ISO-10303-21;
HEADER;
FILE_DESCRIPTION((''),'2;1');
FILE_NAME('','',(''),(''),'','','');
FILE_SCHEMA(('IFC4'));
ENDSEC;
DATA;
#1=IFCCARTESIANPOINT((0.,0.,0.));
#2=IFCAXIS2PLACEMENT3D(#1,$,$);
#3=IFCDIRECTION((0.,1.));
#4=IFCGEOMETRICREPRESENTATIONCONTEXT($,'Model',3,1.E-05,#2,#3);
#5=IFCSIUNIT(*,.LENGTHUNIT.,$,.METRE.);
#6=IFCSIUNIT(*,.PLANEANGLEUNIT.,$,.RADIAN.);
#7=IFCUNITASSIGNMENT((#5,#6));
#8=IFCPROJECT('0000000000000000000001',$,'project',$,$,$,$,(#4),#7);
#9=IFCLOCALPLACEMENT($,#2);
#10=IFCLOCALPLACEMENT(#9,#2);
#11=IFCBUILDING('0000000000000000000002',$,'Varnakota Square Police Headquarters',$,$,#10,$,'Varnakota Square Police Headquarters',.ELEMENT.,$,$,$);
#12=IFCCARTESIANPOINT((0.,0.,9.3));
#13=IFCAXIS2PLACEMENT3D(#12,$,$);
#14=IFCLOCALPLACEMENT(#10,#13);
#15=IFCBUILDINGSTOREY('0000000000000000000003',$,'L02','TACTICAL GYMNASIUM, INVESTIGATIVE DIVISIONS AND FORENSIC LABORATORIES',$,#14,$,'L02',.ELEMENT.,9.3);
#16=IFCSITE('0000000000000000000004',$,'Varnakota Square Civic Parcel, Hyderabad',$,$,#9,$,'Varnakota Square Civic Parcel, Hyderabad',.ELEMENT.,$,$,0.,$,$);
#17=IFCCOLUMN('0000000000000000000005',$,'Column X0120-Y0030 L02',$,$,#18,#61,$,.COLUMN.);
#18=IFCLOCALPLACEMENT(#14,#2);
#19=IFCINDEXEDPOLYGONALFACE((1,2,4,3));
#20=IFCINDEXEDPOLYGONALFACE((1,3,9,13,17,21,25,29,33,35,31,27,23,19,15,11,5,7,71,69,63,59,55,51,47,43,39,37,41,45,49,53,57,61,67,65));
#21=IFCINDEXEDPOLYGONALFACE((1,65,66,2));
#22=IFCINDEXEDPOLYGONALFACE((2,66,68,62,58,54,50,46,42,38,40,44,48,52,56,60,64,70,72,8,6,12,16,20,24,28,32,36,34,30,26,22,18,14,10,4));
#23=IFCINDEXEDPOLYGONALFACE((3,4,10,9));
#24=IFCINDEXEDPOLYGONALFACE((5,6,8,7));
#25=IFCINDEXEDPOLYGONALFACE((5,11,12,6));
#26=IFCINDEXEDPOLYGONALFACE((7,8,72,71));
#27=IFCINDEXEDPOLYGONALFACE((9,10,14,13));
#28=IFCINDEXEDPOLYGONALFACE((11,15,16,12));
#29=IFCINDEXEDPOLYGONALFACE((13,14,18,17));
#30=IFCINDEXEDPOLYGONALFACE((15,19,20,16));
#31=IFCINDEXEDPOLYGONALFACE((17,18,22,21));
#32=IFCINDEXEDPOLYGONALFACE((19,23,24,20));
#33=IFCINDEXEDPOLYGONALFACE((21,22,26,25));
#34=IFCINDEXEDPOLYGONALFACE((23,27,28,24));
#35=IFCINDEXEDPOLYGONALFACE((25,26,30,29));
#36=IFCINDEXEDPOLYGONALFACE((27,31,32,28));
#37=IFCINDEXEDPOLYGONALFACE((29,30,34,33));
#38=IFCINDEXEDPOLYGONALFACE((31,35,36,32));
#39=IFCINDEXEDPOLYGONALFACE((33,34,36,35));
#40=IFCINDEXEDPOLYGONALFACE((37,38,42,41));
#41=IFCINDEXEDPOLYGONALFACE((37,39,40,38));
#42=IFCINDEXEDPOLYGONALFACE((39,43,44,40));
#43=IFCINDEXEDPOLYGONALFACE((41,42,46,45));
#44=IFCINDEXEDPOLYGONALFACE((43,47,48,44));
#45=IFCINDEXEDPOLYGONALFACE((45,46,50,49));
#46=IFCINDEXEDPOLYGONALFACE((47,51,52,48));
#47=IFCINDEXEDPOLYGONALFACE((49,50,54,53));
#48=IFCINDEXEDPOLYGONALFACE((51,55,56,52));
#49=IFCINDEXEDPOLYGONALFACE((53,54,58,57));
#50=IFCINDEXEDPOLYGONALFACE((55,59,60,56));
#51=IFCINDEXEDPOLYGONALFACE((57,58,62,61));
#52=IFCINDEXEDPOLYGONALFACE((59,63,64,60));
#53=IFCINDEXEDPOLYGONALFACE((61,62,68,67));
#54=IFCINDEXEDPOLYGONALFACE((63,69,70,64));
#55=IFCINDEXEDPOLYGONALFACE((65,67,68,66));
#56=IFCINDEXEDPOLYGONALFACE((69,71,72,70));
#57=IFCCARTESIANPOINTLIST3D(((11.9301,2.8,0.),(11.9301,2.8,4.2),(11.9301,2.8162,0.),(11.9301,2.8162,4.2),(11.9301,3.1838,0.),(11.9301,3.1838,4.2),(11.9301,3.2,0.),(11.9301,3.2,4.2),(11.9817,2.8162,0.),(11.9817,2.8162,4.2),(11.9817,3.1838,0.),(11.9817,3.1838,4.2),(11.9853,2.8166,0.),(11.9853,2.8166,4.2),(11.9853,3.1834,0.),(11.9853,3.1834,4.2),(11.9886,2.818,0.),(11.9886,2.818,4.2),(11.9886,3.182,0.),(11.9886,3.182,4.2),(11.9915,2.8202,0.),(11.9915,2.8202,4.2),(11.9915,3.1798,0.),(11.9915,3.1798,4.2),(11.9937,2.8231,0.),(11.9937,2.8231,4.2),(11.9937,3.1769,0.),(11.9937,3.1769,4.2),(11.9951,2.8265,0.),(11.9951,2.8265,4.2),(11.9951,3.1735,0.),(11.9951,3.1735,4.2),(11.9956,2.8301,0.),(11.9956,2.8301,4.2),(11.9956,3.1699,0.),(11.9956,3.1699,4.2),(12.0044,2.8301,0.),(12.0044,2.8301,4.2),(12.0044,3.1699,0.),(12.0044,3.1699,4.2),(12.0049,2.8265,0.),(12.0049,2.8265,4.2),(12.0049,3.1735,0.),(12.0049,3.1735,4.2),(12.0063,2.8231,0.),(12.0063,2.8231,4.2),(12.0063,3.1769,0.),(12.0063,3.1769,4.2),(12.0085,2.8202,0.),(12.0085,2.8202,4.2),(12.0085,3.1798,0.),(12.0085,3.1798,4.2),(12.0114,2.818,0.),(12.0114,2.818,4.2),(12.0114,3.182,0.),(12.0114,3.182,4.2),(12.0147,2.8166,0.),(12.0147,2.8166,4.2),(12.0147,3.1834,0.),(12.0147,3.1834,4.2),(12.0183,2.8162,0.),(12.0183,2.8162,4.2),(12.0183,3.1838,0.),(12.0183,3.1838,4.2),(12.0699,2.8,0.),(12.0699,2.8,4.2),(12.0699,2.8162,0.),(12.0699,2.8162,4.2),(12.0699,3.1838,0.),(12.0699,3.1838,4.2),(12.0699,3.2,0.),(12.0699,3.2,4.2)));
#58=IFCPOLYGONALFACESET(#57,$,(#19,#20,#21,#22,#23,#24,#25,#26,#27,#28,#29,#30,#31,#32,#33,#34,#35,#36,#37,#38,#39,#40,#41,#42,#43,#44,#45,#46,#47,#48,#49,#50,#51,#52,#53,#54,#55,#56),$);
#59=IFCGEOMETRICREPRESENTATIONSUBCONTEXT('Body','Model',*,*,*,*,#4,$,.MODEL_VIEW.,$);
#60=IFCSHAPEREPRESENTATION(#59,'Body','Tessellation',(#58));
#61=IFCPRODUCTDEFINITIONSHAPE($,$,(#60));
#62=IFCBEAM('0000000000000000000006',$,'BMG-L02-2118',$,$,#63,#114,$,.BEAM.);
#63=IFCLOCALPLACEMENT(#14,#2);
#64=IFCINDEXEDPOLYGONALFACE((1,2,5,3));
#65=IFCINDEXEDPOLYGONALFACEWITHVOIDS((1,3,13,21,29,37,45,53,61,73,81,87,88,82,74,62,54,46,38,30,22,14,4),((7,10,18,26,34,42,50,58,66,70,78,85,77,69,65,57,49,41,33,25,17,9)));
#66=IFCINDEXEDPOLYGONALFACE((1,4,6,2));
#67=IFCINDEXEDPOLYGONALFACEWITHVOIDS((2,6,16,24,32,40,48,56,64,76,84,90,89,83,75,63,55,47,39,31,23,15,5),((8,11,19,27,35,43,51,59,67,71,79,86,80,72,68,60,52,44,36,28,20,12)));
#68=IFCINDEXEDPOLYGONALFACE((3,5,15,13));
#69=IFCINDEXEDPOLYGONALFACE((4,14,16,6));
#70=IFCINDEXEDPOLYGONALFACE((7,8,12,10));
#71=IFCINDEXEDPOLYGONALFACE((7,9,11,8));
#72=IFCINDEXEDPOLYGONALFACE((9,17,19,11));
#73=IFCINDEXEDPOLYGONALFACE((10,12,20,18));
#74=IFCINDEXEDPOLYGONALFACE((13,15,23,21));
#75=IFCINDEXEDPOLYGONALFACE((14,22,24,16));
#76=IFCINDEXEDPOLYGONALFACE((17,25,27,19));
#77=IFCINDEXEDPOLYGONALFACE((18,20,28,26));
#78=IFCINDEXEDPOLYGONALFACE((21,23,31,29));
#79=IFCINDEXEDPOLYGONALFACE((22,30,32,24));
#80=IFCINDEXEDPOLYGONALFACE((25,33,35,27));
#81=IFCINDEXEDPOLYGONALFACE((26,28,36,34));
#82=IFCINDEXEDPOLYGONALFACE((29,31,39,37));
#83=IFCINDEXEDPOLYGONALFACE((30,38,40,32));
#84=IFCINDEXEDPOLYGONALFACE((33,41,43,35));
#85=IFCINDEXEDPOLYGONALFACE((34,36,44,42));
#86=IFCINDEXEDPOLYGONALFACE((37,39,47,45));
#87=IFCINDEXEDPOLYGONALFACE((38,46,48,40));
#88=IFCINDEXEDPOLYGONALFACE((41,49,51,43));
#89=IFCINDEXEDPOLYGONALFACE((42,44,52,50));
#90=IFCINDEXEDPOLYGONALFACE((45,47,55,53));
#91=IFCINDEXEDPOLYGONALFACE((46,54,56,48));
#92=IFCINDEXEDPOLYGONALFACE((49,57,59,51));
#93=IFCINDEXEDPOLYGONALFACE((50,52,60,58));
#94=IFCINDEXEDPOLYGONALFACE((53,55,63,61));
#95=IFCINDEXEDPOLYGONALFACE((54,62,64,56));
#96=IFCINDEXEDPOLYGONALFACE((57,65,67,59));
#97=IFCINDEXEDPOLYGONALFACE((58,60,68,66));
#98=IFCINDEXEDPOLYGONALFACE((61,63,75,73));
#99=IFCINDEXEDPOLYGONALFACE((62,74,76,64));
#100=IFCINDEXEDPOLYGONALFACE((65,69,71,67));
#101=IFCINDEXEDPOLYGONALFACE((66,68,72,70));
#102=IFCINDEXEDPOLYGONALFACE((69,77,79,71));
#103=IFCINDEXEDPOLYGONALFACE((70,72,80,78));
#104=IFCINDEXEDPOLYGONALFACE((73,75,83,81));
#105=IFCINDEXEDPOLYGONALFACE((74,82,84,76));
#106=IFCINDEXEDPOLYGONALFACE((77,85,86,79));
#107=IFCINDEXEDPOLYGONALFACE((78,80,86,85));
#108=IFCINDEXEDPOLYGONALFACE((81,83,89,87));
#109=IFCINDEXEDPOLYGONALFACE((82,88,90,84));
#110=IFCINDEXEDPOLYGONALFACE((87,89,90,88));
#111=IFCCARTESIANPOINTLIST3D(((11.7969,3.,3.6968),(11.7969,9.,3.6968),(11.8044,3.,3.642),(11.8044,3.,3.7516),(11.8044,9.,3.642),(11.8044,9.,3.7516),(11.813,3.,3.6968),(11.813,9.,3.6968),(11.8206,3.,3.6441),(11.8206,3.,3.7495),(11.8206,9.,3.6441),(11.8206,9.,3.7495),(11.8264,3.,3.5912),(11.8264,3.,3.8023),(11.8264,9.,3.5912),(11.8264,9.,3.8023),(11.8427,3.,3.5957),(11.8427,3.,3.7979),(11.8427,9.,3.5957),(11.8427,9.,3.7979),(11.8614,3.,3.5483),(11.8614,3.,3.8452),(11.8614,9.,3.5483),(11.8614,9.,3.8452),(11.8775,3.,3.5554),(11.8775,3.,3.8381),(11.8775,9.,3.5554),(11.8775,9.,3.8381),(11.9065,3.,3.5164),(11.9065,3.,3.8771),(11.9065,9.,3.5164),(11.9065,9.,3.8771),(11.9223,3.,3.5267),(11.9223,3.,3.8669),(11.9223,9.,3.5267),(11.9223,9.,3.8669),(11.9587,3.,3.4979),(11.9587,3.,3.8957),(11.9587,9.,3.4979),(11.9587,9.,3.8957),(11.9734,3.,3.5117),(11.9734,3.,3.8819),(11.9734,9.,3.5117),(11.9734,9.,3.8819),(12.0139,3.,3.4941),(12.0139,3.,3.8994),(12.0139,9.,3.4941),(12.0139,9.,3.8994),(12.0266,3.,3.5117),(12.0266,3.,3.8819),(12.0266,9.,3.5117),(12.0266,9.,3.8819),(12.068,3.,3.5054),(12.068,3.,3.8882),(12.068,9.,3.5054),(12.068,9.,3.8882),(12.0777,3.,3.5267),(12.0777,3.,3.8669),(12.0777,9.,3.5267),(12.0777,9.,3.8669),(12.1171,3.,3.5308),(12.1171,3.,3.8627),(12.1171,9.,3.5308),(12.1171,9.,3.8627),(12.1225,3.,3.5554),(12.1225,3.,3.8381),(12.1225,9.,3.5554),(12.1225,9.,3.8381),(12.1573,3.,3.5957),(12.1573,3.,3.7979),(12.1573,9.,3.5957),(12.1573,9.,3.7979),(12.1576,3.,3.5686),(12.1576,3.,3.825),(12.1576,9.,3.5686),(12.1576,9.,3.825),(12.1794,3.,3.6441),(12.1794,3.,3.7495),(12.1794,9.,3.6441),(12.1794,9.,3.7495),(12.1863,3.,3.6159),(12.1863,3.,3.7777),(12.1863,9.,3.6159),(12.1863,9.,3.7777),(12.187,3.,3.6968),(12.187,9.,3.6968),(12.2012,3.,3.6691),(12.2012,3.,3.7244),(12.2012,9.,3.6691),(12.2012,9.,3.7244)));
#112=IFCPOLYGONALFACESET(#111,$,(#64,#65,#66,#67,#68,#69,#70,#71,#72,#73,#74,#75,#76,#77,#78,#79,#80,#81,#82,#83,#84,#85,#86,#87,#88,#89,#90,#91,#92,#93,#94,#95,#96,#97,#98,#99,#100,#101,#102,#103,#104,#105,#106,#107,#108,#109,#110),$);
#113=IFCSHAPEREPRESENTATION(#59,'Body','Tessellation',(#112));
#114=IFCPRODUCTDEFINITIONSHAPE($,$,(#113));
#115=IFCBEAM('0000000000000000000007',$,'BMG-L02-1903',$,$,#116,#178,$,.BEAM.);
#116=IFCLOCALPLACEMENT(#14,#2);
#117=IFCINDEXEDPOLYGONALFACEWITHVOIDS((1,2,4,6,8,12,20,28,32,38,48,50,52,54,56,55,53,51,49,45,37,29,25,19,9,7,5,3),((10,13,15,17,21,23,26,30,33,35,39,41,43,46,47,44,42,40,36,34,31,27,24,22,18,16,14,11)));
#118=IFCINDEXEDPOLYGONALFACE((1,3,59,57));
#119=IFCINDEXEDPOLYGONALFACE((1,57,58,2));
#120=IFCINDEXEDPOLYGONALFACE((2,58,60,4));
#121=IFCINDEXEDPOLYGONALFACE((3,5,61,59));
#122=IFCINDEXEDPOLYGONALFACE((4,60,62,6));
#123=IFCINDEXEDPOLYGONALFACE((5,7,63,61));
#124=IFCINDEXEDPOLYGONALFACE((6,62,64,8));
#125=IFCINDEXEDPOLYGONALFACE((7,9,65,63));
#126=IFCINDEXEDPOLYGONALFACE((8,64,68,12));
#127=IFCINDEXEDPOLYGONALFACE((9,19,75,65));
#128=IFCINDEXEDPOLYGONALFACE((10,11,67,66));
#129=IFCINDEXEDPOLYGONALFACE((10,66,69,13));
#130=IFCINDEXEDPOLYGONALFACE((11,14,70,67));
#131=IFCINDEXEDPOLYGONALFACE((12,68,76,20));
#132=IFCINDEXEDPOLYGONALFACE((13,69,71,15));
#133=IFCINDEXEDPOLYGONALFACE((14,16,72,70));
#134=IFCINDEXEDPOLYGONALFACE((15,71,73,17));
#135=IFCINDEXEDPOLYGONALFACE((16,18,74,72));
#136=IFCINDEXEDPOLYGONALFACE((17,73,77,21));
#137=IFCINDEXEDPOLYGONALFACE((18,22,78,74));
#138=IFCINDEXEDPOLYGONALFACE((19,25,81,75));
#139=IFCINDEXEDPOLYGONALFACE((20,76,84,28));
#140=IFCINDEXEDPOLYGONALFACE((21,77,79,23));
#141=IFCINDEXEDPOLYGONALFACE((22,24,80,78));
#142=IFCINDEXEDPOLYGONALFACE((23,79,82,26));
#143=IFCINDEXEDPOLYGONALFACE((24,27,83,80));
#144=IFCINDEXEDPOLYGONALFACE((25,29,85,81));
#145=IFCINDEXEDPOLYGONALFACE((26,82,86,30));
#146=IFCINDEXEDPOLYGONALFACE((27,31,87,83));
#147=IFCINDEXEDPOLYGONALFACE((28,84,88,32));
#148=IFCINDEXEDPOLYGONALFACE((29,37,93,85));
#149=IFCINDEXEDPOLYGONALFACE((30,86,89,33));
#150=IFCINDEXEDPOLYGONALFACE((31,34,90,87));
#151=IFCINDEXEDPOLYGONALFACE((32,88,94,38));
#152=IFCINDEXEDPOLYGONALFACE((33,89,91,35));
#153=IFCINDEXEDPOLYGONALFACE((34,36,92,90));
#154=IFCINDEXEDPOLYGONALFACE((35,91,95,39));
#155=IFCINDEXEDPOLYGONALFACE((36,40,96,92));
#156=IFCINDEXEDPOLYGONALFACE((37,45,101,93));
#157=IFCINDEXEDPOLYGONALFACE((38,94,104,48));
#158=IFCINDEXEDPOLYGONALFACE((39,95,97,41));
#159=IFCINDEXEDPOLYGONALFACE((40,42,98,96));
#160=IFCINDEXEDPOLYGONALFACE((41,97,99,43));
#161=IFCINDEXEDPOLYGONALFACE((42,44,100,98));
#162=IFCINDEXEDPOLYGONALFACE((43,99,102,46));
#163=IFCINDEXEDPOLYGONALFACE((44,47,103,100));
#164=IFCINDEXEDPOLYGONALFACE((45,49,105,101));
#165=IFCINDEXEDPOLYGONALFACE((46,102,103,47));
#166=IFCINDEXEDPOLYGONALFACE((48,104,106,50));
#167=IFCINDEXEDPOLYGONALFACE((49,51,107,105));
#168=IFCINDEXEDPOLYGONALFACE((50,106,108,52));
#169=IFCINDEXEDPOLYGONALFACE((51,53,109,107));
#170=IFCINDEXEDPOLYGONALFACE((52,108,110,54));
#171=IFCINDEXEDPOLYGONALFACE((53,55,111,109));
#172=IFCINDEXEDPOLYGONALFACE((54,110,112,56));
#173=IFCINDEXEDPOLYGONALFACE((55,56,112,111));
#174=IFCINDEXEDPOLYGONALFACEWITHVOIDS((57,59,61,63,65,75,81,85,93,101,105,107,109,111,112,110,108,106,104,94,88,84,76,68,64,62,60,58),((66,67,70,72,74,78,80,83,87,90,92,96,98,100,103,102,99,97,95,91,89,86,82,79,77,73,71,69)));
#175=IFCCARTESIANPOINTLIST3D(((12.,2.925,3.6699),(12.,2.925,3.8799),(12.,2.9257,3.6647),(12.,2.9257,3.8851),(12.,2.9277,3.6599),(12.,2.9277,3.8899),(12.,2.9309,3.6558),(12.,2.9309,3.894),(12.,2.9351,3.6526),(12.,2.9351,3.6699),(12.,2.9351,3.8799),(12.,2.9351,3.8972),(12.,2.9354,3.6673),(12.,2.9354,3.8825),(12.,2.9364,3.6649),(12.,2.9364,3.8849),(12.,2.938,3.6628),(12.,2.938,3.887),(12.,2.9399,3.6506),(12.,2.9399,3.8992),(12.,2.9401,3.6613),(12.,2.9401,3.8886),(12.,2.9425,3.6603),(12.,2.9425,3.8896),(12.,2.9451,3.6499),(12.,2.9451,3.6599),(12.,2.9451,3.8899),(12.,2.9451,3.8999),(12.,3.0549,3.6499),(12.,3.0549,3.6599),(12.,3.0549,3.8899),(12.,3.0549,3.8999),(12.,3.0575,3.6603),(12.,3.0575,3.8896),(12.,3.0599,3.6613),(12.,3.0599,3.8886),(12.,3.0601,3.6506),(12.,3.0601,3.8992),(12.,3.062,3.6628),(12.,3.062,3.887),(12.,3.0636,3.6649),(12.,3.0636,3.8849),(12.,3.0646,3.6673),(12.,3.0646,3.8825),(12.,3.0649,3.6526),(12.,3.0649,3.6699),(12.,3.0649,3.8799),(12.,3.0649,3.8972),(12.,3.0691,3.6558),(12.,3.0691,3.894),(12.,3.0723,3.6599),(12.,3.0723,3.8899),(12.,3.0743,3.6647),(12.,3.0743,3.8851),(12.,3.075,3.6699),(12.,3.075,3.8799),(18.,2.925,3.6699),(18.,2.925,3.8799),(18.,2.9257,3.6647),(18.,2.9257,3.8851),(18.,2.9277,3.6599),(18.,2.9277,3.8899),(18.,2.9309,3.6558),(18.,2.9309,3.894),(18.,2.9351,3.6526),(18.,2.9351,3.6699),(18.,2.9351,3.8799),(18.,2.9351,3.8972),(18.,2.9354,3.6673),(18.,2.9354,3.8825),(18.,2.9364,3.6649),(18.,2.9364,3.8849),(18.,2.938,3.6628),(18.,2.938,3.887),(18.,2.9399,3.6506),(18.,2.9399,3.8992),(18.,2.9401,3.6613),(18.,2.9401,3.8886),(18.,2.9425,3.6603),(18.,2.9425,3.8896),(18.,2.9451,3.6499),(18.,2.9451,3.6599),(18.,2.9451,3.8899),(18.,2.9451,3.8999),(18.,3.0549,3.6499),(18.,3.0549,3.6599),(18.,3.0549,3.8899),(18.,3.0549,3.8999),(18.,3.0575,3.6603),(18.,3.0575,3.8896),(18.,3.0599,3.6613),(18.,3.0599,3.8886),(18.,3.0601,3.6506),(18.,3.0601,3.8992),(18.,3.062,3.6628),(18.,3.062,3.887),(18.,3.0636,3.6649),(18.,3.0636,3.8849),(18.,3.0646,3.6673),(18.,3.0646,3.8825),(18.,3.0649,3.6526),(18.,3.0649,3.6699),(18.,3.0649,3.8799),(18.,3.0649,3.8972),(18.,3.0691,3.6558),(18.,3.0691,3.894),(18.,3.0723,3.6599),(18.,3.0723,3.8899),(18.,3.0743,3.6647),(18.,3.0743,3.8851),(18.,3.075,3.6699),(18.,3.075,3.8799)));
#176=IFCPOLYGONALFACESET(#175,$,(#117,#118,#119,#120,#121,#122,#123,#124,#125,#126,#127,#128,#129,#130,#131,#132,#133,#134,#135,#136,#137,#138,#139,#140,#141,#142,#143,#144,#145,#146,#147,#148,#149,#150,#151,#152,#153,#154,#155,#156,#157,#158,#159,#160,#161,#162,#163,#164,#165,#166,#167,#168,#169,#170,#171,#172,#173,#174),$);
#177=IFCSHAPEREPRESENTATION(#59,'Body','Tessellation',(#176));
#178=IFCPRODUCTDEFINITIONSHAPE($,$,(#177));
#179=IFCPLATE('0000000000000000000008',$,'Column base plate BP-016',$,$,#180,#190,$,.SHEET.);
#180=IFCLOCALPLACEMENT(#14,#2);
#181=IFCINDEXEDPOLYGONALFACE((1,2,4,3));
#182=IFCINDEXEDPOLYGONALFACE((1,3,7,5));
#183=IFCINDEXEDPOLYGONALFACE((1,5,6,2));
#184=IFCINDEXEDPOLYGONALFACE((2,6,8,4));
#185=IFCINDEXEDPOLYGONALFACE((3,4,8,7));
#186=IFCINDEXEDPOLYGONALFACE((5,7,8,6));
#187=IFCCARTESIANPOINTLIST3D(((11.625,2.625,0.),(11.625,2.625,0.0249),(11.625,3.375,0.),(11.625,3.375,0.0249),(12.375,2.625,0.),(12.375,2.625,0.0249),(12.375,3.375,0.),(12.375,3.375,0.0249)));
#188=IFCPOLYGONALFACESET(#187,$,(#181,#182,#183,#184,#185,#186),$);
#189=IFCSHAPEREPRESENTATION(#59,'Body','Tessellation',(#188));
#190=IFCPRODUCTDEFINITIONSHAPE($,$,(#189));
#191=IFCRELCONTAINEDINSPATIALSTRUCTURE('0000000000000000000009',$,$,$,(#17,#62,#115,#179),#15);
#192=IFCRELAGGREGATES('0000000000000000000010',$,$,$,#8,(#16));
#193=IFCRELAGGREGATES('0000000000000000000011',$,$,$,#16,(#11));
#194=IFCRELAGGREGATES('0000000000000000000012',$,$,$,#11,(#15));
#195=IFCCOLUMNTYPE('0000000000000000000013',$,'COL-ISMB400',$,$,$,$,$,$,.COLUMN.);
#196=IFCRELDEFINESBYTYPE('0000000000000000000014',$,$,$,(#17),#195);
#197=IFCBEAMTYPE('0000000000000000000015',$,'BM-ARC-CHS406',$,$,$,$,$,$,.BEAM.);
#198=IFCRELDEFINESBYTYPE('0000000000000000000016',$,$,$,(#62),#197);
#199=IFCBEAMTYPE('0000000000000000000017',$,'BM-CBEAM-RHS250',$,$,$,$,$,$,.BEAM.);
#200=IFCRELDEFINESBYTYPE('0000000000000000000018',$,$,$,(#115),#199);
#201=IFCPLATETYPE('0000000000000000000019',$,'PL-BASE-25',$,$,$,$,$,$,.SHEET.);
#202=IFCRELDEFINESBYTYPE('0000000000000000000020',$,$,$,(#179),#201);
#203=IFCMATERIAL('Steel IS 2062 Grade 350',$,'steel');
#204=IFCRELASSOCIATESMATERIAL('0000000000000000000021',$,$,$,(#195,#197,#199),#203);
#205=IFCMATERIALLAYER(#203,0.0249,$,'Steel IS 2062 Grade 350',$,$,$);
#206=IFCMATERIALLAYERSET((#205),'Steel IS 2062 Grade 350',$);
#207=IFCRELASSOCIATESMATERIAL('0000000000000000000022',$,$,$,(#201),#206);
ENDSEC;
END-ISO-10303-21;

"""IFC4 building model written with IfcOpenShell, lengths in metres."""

from ifc_helpers import new_model, si_unit, direction, frame, origin, origin_2d, place, context, subcontext, project, spatial, rectangle, hollow_rectangle, hollow_circle, i_section, extrude, material, layer, layer_set, material_profile, profile_set, type_object, element, save


model = new_model("IFC4")

# Units and contexts
model_context = context("Model", 3, precision=1e-05, world=origin(), true_north=direction((0.0, 1.0)))
body_context = subcontext(model_context, "Body", "Model", "MODEL_VIEW")
ifc_project = project(units=[si_unit("LENGTHUNIT", "METRE"), si_unit("PLANEANGLEUNIT", "RADIAN")], contexts=[model_context])

# Site, building, storey
site_placement = place(None, origin())
site = spatial("IfcSite", under=ifc_project, at=site_placement, Name="Varnakota Square Civic Parcel, Hyderabad", LongName="Varnakota Square Civic Parcel, Hyderabad", CompositionType="ELEMENT", RefElevation=0.0)
building_placement = place(site_placement, origin())
building = spatial("IfcBuilding", under=site, at=building_placement, Name="Varnakota Square Police Headquarters", LongName="Varnakota Square Police Headquarters", CompositionType="ELEMENT")
storey_placement = place(building_placement, frame((0.0, 0.0, 9.3)))
storey = spatial("IfcBuildingStorey", under=building, at=storey_placement, Name="L02", Description="TACTICAL GYMNASIUM, INVESTIGATIVE DIVISIONS AND FORENSIC LABORATORIES", LongName="L02", CompositionType="ELEMENT", Elevation=9.3)

# Column
ifc_material_1 = material(Name="Steel IS 2062 Grade 350", Category="steel")
ifc_material_profile_1 = material_profile(ifc_material_1, i_section(OverallWidth=0.1399, OverallDepth=0.3999, WebThickness=0.0088, FlangeThickness=0.0161, FilletRadius=0.0139, at=origin_2d()), Name="ISMB 400")
ifc_profile_set_1 = profile_set([ifc_material_profile_1], Name="Steel IS 2062 Grade 350")
column_type = type_object("IfcColumnType", Name="COL-ISMB400", PredefinedType="COLUMN", material=ifc_profile_set_1)
column_placement = place(storey_placement, frame((12.0, 3.0, 0.0), z_axis=(0.0, 0.0, 1.0), x_axis=(1.0, 0.0, 0.0)))
element("IfcColumn", 1, at=column_placement, inside=storey, type_object=column_type, Name="Column X0120-Y0030 L02", PredefinedType="COLUMN", context=body_context, shape_type="SweptSolid", body=[
    extrude(i_section(OverallWidth=0.1399, OverallDepth=0.3999, WebThickness=0.0088, FlangeThickness=0.0161, FilletRadius=0.0139, at=origin_2d()), origin(), (0.0, 0.0, 1.0), 4.2),
])

# Beams
ifc_material_profile_2 = material_profile(ifc_material_1, hollow_circle(Radius=0.2031, WallThickness=0.0161, at=origin_2d()), Name="CHS 406.4x16.0")
ifc_profile_set_2 = profile_set([ifc_material_profile_2], Name="Steel IS 2062 Grade 350")
beam_type_1 = type_object("IfcBeamType", Name="BM-ARC-CHS406", PredefinedType="BEAM", material=ifc_profile_set_2)
beam_1_placement = place(storey_placement, frame((12.0, 3.0, 3.6968), z_axis=(0.0, 1.0, 0.0), x_axis=(-1.0, 0.0, 0.0)))
element("IfcBeam", 2, at=beam_1_placement, inside=storey, type_object=beam_type_1, Name="BMG-L02-2118", PredefinedType="BEAM", context=body_context, shape_type="SweptSolid", body=[
    extrude(hollow_circle(Radius=0.2031, WallThickness=0.0161, at=origin_2d()), origin(), (0.0, 0.0, 1.0), 6.0),
])
ifc_material_profile_3 = material_profile(ifc_material_1, hollow_rectangle(XDim=0.1499, YDim=0.25, WallThickness=0.01, InnerFilletRadius=0.01, OuterFilletRadius=0.02, at=origin_2d()), Name="RHS 250x150x10")
ifc_profile_set_3 = profile_set([ifc_material_profile_3], Name="Steel IS 2062 Grade 350")
beam_type_2 = type_object("IfcBeamType", Name="BM-CBEAM-RHS250", PredefinedType="BEAM", material=ifc_profile_set_3)
beam_2_placement = place(storey_placement, frame((12.0, 3.0, 3.7749), z_axis=(1.0, 0.0, 0.0), x_axis=(0.0, 1.0, 0.0)))
element("IfcBeam", 3, at=beam_2_placement, inside=storey, type_object=beam_type_2, Name="BMG-L02-1903", PredefinedType="BEAM", context=body_context, shape_type="SweptSolid", body=[
    extrude(hollow_rectangle(XDim=0.1499, YDim=0.25, WallThickness=0.01, InnerFilletRadius=0.01, OuterFilletRadius=0.02, at=origin_2d()), origin(), (0.0, 0.0, 1.0), 6.0),
])

# Plate
ifc_layer_1 = layer(ifc_material_1, 0.0249, Name="Steel IS 2062 Grade 350")
ifc_layer_set_1 = layer_set([ifc_layer_1], Name="Steel IS 2062 Grade 350")
plate_type = type_object("IfcPlateType", Name="PL-BASE-25", PredefinedType="SHEET", material=ifc_layer_set_1)
plate_placement = place(storey_placement, frame((12.0, 3.0, 0.0), z_axis=(0.0, 0.0, 1.0), x_axis=(1.0, 0.0, 0.0)))
element("IfcPlate", 4, at=plate_placement, inside=storey, type_object=plate_type, Name="Column base plate BP-016", PredefinedType="SHEET", context=body_context, shape_type="SweptSolid", body=[
    extrude(rectangle(XDim=0.75, YDim=0.75, at=origin_2d()), origin(), (0.0, 0.0, 1.0), 0.0249),
])

save(model, "model.ifc")
